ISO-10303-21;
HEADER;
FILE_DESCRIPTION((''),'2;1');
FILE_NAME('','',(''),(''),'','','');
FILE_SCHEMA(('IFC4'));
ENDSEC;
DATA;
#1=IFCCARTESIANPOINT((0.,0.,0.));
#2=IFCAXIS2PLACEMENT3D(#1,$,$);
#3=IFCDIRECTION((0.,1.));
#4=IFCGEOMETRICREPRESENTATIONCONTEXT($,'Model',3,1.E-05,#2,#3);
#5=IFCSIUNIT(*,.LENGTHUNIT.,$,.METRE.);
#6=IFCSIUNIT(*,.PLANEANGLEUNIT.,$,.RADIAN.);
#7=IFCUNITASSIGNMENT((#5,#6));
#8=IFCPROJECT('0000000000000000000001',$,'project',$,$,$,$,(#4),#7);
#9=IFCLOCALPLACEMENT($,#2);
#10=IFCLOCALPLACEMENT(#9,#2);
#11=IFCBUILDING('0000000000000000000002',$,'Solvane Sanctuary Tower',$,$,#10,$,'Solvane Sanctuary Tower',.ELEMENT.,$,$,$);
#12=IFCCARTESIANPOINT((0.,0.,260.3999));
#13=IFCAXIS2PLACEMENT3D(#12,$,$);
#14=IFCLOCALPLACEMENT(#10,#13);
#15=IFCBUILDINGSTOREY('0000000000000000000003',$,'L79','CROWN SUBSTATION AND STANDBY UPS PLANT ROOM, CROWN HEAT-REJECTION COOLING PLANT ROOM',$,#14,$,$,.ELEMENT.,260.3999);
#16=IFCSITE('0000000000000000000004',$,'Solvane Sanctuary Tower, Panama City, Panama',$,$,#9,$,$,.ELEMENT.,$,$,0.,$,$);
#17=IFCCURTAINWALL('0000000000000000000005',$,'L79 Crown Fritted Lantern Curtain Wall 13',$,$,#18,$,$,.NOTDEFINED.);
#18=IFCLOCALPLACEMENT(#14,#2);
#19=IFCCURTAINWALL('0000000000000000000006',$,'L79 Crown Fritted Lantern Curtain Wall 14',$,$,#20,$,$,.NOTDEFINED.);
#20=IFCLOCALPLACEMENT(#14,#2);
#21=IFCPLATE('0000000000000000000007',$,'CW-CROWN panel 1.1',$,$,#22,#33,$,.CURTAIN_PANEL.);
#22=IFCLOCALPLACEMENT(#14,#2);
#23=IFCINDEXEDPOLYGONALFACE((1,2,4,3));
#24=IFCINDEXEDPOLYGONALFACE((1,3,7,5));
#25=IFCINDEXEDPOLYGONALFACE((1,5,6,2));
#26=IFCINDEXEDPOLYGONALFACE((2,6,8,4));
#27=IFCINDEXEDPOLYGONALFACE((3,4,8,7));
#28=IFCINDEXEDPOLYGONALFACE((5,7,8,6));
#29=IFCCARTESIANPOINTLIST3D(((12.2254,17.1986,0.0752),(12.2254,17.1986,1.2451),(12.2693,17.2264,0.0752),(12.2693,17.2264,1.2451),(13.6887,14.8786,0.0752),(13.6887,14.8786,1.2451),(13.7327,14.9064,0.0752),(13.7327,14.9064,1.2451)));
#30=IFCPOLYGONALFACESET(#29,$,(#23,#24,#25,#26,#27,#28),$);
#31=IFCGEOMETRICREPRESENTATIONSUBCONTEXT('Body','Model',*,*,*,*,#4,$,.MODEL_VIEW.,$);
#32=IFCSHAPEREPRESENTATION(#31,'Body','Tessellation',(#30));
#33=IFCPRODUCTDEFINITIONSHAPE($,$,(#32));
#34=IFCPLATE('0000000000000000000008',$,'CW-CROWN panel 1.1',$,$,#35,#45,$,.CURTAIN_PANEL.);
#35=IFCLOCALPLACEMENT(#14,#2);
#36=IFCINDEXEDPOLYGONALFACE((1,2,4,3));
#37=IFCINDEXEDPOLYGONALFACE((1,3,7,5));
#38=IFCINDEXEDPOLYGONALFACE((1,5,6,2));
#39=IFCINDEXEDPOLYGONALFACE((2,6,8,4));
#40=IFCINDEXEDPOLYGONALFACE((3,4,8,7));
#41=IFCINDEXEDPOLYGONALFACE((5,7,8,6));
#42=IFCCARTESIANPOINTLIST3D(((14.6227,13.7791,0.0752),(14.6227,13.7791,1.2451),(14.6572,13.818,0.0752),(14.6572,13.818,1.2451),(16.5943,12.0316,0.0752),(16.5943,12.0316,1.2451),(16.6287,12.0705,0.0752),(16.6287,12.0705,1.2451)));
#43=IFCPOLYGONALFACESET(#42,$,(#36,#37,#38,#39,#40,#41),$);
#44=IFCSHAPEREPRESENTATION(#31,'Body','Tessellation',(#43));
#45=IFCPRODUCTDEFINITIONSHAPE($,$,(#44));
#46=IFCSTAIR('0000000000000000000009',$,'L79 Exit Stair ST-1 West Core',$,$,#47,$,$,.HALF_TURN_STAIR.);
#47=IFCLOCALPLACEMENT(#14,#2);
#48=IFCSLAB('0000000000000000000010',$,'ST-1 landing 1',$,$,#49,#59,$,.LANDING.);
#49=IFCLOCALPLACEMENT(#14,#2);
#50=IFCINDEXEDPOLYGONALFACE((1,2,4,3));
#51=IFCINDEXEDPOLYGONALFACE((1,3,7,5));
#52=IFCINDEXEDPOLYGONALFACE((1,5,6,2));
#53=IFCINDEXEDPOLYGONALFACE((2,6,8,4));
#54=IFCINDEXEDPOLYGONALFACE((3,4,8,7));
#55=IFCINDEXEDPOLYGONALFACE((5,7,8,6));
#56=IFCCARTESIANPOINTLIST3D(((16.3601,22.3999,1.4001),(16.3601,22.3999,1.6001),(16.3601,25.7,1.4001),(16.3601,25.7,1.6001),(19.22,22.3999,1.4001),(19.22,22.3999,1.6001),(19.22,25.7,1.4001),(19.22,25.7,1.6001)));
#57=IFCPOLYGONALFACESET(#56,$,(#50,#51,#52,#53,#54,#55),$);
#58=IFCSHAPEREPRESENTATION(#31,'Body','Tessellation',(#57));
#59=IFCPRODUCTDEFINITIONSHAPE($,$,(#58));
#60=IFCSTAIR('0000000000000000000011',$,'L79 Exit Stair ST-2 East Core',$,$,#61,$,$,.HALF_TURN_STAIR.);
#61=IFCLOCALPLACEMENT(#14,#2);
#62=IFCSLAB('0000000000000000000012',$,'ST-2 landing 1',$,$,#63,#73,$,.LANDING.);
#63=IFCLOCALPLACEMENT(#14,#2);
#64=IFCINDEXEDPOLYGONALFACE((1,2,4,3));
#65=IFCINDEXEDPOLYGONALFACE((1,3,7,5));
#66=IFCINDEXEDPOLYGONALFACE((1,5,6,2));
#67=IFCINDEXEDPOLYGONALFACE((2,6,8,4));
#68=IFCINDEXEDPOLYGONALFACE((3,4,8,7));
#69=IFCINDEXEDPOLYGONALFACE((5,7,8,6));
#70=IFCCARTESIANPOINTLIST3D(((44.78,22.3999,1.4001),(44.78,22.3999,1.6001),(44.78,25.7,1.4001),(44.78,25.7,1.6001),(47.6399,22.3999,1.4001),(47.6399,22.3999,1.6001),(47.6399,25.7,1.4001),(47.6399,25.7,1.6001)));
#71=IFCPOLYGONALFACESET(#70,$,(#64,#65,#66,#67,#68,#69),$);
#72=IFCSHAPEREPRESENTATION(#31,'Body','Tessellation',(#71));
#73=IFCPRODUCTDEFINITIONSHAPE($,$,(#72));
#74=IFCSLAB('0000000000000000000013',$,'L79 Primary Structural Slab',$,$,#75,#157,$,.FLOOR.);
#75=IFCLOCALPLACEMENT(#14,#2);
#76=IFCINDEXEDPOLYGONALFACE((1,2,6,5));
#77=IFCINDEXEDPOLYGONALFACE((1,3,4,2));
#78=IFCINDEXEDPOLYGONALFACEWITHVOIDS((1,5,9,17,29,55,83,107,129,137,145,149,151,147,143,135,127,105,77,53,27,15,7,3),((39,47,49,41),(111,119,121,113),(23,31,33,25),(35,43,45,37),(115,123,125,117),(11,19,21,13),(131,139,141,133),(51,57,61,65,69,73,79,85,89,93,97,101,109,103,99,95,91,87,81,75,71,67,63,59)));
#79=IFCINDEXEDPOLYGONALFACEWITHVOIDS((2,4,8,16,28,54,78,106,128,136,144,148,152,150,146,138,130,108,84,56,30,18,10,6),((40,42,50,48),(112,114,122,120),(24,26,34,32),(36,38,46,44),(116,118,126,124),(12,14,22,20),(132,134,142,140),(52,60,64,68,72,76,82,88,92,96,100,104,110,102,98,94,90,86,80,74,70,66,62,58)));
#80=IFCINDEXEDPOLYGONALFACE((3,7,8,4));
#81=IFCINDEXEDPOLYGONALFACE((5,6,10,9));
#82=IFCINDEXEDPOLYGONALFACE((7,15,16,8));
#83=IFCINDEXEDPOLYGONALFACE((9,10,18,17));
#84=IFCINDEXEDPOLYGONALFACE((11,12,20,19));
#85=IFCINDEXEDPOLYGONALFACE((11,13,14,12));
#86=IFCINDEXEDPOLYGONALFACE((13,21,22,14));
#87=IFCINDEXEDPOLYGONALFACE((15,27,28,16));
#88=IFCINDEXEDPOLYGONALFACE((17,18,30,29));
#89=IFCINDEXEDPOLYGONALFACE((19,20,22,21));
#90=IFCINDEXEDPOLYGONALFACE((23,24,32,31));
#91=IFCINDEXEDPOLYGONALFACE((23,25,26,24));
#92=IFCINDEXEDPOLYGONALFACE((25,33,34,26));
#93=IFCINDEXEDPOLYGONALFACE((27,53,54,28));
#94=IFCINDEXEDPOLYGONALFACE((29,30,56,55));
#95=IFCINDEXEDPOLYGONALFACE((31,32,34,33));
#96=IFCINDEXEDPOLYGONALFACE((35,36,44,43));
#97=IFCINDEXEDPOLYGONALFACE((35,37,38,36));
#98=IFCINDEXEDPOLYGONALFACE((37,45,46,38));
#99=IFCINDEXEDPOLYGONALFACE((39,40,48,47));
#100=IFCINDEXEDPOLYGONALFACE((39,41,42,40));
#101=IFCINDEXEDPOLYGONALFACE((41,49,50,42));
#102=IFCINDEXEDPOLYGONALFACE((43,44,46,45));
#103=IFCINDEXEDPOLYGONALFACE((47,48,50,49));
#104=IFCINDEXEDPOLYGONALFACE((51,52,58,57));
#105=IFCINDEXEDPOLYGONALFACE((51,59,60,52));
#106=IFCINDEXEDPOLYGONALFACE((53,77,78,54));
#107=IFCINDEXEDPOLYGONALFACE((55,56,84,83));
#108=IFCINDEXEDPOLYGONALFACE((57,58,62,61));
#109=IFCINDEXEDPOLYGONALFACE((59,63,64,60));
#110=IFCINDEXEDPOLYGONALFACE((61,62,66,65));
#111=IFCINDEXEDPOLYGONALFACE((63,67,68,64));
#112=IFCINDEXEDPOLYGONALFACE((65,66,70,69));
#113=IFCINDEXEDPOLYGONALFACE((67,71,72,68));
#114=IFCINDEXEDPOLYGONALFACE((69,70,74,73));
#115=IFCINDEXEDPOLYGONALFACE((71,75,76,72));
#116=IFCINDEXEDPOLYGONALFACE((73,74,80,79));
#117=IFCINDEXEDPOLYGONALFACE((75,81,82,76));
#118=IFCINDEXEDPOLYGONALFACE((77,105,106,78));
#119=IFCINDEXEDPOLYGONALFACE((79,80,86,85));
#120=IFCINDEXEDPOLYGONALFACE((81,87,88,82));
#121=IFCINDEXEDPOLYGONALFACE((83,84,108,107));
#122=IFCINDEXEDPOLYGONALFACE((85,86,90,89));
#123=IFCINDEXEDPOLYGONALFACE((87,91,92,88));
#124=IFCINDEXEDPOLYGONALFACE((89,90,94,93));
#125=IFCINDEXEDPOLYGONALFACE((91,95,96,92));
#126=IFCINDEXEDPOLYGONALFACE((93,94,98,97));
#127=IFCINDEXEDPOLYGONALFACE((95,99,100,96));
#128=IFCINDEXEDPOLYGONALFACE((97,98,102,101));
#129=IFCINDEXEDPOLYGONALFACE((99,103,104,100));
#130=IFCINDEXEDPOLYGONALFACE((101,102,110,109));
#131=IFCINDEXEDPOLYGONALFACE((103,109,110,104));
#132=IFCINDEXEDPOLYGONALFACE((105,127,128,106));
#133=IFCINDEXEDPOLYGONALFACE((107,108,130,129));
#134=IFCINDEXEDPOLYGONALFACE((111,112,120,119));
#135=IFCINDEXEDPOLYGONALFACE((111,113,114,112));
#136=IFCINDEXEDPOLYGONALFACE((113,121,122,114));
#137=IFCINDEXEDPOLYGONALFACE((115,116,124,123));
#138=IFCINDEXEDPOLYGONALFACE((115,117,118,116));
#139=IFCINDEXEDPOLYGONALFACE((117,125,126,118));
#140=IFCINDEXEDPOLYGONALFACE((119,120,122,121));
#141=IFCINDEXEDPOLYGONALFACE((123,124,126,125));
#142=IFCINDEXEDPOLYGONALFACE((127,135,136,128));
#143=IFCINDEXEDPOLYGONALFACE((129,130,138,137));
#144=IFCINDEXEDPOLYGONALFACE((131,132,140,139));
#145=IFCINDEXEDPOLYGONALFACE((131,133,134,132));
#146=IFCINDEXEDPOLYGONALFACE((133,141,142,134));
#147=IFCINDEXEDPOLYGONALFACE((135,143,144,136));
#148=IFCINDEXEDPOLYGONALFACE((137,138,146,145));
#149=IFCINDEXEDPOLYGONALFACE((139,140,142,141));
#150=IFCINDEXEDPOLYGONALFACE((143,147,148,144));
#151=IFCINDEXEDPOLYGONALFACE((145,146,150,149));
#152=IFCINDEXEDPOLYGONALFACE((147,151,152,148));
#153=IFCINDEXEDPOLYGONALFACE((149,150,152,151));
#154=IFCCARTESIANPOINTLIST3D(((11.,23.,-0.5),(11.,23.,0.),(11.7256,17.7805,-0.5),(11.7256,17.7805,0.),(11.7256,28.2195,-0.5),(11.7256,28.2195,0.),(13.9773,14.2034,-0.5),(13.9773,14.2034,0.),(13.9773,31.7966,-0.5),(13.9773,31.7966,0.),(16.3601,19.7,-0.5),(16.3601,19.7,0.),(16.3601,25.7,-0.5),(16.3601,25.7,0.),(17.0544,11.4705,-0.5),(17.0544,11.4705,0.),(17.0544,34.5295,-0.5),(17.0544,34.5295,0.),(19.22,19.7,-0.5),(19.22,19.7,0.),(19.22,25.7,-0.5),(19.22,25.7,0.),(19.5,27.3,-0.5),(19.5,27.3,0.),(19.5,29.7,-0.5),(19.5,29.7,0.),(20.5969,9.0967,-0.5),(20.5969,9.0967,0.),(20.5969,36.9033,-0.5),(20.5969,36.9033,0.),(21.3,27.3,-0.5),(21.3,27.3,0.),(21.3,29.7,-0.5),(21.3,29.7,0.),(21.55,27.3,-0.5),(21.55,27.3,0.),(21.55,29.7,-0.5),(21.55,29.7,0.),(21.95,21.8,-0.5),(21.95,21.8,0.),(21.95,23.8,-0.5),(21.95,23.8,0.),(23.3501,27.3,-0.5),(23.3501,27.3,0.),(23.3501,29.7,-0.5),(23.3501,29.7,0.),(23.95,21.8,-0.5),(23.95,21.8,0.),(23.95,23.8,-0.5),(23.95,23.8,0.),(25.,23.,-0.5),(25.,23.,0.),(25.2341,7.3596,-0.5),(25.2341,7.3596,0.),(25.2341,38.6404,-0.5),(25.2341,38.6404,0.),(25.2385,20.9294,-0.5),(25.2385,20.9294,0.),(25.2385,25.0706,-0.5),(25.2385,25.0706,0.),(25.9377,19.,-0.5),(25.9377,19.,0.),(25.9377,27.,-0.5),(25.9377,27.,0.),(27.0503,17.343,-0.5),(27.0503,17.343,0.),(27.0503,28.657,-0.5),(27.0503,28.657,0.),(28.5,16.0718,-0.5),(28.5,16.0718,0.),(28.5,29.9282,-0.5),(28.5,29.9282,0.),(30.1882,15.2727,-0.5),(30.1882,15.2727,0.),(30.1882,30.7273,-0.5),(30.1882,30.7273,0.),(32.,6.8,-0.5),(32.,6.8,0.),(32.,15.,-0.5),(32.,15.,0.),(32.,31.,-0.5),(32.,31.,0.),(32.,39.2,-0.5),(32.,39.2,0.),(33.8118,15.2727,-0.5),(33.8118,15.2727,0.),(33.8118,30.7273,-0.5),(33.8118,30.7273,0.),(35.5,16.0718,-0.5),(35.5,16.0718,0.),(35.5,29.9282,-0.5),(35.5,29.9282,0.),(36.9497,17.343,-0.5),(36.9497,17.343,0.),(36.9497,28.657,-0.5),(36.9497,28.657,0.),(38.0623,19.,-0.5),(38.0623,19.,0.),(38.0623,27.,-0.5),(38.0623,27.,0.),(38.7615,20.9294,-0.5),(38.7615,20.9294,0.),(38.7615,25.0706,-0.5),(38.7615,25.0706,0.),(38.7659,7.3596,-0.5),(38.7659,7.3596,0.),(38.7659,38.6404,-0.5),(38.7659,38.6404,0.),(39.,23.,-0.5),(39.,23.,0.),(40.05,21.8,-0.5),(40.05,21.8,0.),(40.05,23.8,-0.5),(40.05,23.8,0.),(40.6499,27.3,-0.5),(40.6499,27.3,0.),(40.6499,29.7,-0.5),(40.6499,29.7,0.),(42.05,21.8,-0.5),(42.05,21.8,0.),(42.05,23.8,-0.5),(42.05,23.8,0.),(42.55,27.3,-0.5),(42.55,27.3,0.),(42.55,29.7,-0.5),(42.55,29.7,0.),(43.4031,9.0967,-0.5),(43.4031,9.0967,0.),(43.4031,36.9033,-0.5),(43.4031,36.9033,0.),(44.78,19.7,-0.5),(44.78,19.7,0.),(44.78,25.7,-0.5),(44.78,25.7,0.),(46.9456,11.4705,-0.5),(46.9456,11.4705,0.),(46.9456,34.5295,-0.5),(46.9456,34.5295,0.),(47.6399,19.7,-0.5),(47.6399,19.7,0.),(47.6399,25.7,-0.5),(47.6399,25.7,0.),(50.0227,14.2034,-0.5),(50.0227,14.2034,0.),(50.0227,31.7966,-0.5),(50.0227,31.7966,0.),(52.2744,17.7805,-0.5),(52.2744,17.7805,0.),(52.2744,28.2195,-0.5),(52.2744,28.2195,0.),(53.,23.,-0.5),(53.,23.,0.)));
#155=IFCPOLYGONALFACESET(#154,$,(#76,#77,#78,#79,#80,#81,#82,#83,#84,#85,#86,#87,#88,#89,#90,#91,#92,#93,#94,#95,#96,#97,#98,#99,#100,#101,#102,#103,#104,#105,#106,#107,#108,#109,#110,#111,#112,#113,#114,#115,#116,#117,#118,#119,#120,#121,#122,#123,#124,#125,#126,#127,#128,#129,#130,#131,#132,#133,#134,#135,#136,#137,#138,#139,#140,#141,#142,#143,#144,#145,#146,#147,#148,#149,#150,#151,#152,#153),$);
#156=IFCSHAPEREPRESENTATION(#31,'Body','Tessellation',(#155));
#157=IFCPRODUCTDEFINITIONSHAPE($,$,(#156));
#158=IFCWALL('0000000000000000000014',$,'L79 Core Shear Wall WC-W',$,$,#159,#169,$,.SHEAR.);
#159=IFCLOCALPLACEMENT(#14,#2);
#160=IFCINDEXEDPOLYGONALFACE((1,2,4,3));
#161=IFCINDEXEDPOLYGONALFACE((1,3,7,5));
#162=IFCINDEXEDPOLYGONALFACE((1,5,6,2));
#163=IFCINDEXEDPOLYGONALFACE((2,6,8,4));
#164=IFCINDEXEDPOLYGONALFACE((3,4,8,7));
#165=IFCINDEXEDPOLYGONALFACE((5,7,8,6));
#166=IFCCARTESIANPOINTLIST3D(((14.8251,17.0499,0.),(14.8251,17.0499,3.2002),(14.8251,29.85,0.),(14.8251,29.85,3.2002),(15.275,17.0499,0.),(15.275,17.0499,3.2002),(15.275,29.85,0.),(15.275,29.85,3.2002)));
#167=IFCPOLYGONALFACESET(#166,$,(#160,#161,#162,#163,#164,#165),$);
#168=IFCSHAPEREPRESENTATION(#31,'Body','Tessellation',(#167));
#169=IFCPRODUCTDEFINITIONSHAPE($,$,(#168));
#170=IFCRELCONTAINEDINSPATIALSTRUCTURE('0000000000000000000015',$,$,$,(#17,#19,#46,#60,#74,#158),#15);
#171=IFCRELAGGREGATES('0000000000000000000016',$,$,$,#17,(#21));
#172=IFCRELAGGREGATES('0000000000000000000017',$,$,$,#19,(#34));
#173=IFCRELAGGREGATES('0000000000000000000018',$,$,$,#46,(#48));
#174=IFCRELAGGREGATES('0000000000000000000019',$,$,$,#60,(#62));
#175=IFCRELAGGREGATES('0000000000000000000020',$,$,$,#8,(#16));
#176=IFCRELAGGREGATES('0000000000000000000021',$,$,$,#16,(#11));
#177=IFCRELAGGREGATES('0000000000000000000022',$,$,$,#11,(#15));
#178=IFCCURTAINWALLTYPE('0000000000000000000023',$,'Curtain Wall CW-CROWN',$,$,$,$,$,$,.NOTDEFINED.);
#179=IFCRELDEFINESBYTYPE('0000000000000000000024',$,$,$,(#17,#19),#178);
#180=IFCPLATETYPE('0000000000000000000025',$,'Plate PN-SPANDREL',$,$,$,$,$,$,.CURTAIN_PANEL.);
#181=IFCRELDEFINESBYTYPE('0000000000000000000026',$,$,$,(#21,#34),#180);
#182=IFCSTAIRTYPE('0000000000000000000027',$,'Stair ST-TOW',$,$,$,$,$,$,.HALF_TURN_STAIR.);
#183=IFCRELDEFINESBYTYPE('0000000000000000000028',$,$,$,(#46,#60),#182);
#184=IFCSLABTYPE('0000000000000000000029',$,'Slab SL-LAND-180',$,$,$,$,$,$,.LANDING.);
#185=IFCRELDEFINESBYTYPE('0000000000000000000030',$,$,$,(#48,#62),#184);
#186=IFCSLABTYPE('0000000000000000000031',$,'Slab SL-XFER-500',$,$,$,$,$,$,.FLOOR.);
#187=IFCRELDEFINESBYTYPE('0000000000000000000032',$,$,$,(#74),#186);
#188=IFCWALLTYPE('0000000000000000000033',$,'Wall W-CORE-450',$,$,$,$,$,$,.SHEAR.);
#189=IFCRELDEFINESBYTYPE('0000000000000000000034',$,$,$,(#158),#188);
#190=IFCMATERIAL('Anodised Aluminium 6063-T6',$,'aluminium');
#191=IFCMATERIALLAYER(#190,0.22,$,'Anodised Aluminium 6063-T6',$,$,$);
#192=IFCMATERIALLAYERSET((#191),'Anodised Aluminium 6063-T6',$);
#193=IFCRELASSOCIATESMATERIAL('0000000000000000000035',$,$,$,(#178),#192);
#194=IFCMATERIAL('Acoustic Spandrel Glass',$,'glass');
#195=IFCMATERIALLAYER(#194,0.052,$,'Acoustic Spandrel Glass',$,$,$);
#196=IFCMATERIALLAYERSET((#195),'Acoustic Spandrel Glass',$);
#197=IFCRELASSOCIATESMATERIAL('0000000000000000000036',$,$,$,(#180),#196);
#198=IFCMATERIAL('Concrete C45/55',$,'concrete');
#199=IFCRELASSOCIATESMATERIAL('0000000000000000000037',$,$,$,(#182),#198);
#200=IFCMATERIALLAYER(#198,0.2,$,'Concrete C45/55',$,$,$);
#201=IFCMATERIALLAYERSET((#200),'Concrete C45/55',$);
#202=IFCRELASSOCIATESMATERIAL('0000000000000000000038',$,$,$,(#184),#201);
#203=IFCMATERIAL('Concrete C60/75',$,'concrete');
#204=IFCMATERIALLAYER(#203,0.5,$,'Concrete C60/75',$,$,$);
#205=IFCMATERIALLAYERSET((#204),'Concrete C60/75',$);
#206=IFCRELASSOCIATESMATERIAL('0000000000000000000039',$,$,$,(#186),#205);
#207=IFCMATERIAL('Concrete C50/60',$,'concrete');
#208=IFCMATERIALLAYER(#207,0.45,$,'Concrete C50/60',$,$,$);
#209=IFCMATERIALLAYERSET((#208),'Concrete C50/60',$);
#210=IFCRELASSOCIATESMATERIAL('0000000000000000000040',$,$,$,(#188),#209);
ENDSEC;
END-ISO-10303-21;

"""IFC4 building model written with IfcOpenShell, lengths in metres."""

from ifc_helpers import new_model, si_unit, direction, frame, frame_2d, origin, origin_2d, place, context, subcontext, project, spatial, polyline, rectangle, outline, extrude, material, layer, layer_set, type_object, element, aggregate, save


model = new_model("IFC4")

# Units and contexts
model_context = context("Model", 3, precision=1e-05, world=origin(), true_north=direction((0.0, 1.0)))
body_context = subcontext(model_context, "Body", "Model", "MODEL_VIEW")
ifc_project = project(units=[si_unit("LENGTHUNIT", "METRE"), si_unit("PLANEANGLEUNIT", "RADIAN")], contexts=[model_context])

# Site, building, storey
site_placement = place(None, origin())
site = spatial("IfcSite", under=ifc_project, at=site_placement, Name="Solvane Sanctuary Tower, Panama City, Panama", CompositionType="ELEMENT", RefElevation=0.0)
building_placement = place(site_placement, origin())
building = spatial("IfcBuilding", under=site, at=building_placement, Name="Solvane Sanctuary Tower", LongName="Solvane Sanctuary Tower", CompositionType="ELEMENT")
storey_placement = place(building_placement, frame((0.0, 0.0, 260.3999)))
storey = spatial("IfcBuildingStorey", under=building, at=storey_placement, Name="L79", Description="CROWN SUBSTATION AND STANDBY UPS PLANT ROOM, CROWN HEAT-REJECTION COOLING PLANT ROOM", CompositionType="ELEMENT", Elevation=260.3999)

# Curtain walls
ifc_material_1 = material(Name="Anodised Aluminium 6063-T6", Category="aluminium")
ifc_layer_1 = layer(ifc_material_1, 0.22, Name="Anodised Aluminium 6063-T6")
ifc_layer_set_1 = layer_set([ifc_layer_1], Name="Anodised Aluminium 6063-T6")
curtain_wall_type = type_object("IfcCurtainWallType", Name="Curtain Wall CW-CROWN", PredefinedType="NOTDEFINED", material=ifc_layer_set_1)
curtain_wall_1_placement = place(storey_placement, origin())
curtain_wall_1 = element("IfcCurtainWall", 1, at=curtain_wall_1_placement, inside=storey, type_object=curtain_wall_type, Name="L79 Crown Fritted Lantern Curtain Wall 13", PredefinedType="NOTDEFINED")
curtain_wall_2_placement = place(storey_placement, origin())
curtain_wall_2 = element("IfcCurtainWall", 2, at=curtain_wall_2_placement, inside=storey, type_object=curtain_wall_type, Name="L79 Crown Fritted Lantern Curtain Wall 14", PredefinedType="NOTDEFINED")

# Plates
ifc_material_2 = material(Name="Acoustic Spandrel Glass", Category="glass")
ifc_layer_2 = layer(ifc_material_2, 0.052, Name="Acoustic Spandrel Glass")
ifc_layer_set_2 = layer_set([ifc_layer_2], Name="Acoustic Spandrel Glass")
plate_type = type_object("IfcPlateType", Name="Plate PN-SPANDREL", PredefinedType="CURTAIN_PANEL", material=ifc_layer_set_2)
plate_1_placement = place(storey_placement, frame((12.979, 16.0525, 0.0752), z_axis=(0.0, 0.0, 1.0), x_axis=(0.533487, -0.845808, 0.0)))
plate_1 = element("IfcPlate", 3, at=plate_1_placement, type_object=plate_type, Name="CW-CROWN panel 1.1", PredefinedType="CURTAIN_PANEL", context=body_context, shape_type="SweptSolid", body=[
    extrude(rectangle(XDim=2.7429, YDim=0.052, at=origin_2d()), origin(), (0.0, 0.0, 1.0), 1.1699),
])
aggregate(curtain_wall_1, [plate_1])
plate_2_placement = place(storey_placement, frame((15.6257, 12.9248, 0.0752), z_axis=(0.0, 0.0, 1.0), x_axis=(0.748348, -0.663307, 0.0)))
plate_2 = element("IfcPlate", 4, at=plate_2_placement, type_object=plate_type, Name="CW-CROWN panel 1.1", PredefinedType="CURTAIN_PANEL", context=body_context, shape_type="SweptSolid", body=[
    extrude(rectangle(XDim=2.6345, YDim=0.052, at=origin_2d()), origin(), (0.0, 0.0, 1.0), 1.1699),
])
aggregate(curtain_wall_2, [plate_2])

# Stairs, slabs
ifc_material_3 = material(Name="Concrete C45/55", Category="concrete")
stair_type = type_object("IfcStairType", Name="Stair ST-TOW", PredefinedType="HALF_TURN_STAIR", material=ifc_material_3)
stair_1_placement = place(storey_placement, origin())
stair_1 = element("IfcStair", 5, at=stair_1_placement, inside=storey, type_object=stair_type, Name="L79 Exit Stair ST-1 West Core", PredefinedType="HALF_TURN_STAIR")
ifc_layer_3 = layer(ifc_material_3, 0.2, Name="Concrete C45/55")
ifc_layer_set_3 = layer_set([ifc_layer_3], Name="Concrete C45/55")
slab_type_1 = type_object("IfcSlabType", Name="Slab SL-LAND-180", PredefinedType="LANDING", material=ifc_layer_set_3)
slab_1_placement = place(storey_placement, frame((0.0, 0.0, 1.4001)))
slab_1 = element("IfcSlab", 6, at=slab_1_placement, type_object=slab_type_1, Name="ST-1 landing 1", PredefinedType="LANDING", context=body_context, shape_type="SweptSolid", body=[
    extrude(outline(polyline([(19.22, 22.3999), (19.22, 25.7), (16.3601, 25.7), (16.3601, 22.3999), (19.22, 22.3999)])), origin(), (0.0, 0.0, 1.0), 0.2),
])
aggregate(stair_1, [slab_1])
stair_2_placement = place(storey_placement, origin())
stair_2 = element("IfcStair", 7, at=stair_2_placement, inside=storey, type_object=stair_type, Name="L79 Exit Stair ST-2 East Core", PredefinedType="HALF_TURN_STAIR")
slab_2_placement = place(storey_placement, frame((0.0, 0.0, 1.4001)))
slab_2 = element("IfcSlab", 8, at=slab_2_placement, type_object=slab_type_1, Name="ST-2 landing 1", PredefinedType="LANDING", context=body_context, shape_type="SweptSolid", body=[
    extrude(outline(polyline([(47.6399, 22.3999), (47.6399, 25.7), (44.78, 25.7), (44.78, 22.3999), (47.6399, 22.3999)])), origin(), (0.0, 0.0, 1.0), 0.2),
])
aggregate(stair_2, [slab_2])

# Slab
ifc_material_4 = material(Name="Concrete C60/75", Category="concrete")
ifc_layer_4 = layer(ifc_material_4, 0.5, Name="Concrete C60/75")
ifc_layer_set_4 = layer_set([ifc_layer_4], Name="Concrete C60/75")
slab_type_2 = type_object("IfcSlabType", Name="Slab SL-XFER-500", PredefinedType="FLOOR", material=ifc_layer_set_4)
slab_3_placement = place(storey_placement, frame((0.0, 0.0, -0.5)))
element("IfcSlab", 9, at=slab_3_placement, inside=storey, type_object=slab_type_2, Name="L79 Primary Structural Slab", PredefinedType="FLOOR", context=body_context, shape_type="SweptSolid", body=[
    extrude(outline(polyline([(53.0, 23.0), (52.2744, 28.2195), (50.0227, 31.7966), (46.9456, 34.5295), (43.4031, 36.9033), (38.7659, 38.6404), (32.0, 39.2), (25.2341, 38.6404), (20.5969, 36.9033), (17.0544, 34.5295), (13.9773, 31.7966), (11.7256, 28.2195), (11.0, 23.0), (11.7256, 17.7805), (13.9773, 14.2034), (17.0544, 11.4705), (20.5969, 9.0967), (25.2341, 7.3596), (32.0, 6.8), (38.7659, 7.3596), (43.4031, 9.0967), (46.9456, 11.4705), (50.0227, 14.2034), (52.2744, 17.7805), (53.0, 23.0)]), holes=[polyline([(38.7615, 20.9294), (38.0623, 19.0), (36.9497, 17.343), (35.5, 16.0718), (33.8118, 15.2727), (32.0, 15.0), (30.1882, 15.2727), (28.5, 16.0718), (27.0503, 17.343), (25.9377, 19.0), (25.2385, 20.9294), (25.0, 23.0), (25.2385, 25.0706), (25.9377, 27.0), (27.0503, 28.657), (28.5, 29.9282), (30.1882, 30.7273), (32.0, 31.0), (33.8118, 30.7273), (35.5, 29.9282), (36.9497, 28.657), (38.0623, 27.0), (38.7615, 25.0706), (39.0, 23.0), (38.7615, 20.9294)]), polyline([(16.3601, 19.7), (16.3601, 25.7), (19.22, 25.7), (19.22, 19.7), (16.3601, 19.7)]), polyline([(44.78, 19.7), (44.78, 25.7), (47.6399, 25.7), (47.6399, 19.7), (44.78, 19.7)]), polyline([(21.95, 23.8), (23.95, 23.8), (23.95, 21.8), (21.95, 21.8), (21.95, 23.8)]), polyline([(40.05, 23.8), (42.05, 23.8), (42.05, 21.8), (40.05, 21.8), (40.05, 23.8)]), polyline([(19.5, 29.7), (21.3, 29.7), (21.3, 27.3), (19.5, 27.3), (19.5, 29.7)]), polyline([(21.55, 29.7), (23.3501, 29.7), (23.3501, 27.3), (21.55, 27.3), (21.55, 29.7)]), polyline([(40.6499, 29.7), (42.55, 29.7), (42.55, 27.3), (40.6499, 27.3), (40.6499, 29.7)])]), origin(), (0.0, 0.0, 1.0), 0.5),
])

# Wall
ifc_material_5 = material(Name="Concrete C50/60", Category="concrete")
ifc_layer_5 = layer(ifc_material_5, 0.45, Name="Concrete C50/60")
ifc_layer_set_5 = layer_set([ifc_layer_5], Name="Concrete C50/60")
wall_type_1 = type_object("IfcWallType", Name="Wall W-CORE-450", PredefinedType="SHEAR", material=ifc_layer_set_5)
wall_1_placement = place(storey_placement, frame((15.05, 17.05, 0.0), z_axis=(0.0, 0.0, 1.0), x_axis=(0.0, 1.0, 0.0)))
element("IfcWall", 10, at=wall_1_placement, inside=storey, type_object=wall_type_1, Name="L79 Core Shear Wall WC-W", PredefinedType="SHEAR", context=body_context, shape_type="SweptSolid", body=[
    extrude(rectangle(XDim=12.8, YDim=0.45, at=frame_2d((6.3999, 0.0))), origin(), (0.0, 0.0, 1.0), 3.2002),
])

save(model, "model.ifc")
